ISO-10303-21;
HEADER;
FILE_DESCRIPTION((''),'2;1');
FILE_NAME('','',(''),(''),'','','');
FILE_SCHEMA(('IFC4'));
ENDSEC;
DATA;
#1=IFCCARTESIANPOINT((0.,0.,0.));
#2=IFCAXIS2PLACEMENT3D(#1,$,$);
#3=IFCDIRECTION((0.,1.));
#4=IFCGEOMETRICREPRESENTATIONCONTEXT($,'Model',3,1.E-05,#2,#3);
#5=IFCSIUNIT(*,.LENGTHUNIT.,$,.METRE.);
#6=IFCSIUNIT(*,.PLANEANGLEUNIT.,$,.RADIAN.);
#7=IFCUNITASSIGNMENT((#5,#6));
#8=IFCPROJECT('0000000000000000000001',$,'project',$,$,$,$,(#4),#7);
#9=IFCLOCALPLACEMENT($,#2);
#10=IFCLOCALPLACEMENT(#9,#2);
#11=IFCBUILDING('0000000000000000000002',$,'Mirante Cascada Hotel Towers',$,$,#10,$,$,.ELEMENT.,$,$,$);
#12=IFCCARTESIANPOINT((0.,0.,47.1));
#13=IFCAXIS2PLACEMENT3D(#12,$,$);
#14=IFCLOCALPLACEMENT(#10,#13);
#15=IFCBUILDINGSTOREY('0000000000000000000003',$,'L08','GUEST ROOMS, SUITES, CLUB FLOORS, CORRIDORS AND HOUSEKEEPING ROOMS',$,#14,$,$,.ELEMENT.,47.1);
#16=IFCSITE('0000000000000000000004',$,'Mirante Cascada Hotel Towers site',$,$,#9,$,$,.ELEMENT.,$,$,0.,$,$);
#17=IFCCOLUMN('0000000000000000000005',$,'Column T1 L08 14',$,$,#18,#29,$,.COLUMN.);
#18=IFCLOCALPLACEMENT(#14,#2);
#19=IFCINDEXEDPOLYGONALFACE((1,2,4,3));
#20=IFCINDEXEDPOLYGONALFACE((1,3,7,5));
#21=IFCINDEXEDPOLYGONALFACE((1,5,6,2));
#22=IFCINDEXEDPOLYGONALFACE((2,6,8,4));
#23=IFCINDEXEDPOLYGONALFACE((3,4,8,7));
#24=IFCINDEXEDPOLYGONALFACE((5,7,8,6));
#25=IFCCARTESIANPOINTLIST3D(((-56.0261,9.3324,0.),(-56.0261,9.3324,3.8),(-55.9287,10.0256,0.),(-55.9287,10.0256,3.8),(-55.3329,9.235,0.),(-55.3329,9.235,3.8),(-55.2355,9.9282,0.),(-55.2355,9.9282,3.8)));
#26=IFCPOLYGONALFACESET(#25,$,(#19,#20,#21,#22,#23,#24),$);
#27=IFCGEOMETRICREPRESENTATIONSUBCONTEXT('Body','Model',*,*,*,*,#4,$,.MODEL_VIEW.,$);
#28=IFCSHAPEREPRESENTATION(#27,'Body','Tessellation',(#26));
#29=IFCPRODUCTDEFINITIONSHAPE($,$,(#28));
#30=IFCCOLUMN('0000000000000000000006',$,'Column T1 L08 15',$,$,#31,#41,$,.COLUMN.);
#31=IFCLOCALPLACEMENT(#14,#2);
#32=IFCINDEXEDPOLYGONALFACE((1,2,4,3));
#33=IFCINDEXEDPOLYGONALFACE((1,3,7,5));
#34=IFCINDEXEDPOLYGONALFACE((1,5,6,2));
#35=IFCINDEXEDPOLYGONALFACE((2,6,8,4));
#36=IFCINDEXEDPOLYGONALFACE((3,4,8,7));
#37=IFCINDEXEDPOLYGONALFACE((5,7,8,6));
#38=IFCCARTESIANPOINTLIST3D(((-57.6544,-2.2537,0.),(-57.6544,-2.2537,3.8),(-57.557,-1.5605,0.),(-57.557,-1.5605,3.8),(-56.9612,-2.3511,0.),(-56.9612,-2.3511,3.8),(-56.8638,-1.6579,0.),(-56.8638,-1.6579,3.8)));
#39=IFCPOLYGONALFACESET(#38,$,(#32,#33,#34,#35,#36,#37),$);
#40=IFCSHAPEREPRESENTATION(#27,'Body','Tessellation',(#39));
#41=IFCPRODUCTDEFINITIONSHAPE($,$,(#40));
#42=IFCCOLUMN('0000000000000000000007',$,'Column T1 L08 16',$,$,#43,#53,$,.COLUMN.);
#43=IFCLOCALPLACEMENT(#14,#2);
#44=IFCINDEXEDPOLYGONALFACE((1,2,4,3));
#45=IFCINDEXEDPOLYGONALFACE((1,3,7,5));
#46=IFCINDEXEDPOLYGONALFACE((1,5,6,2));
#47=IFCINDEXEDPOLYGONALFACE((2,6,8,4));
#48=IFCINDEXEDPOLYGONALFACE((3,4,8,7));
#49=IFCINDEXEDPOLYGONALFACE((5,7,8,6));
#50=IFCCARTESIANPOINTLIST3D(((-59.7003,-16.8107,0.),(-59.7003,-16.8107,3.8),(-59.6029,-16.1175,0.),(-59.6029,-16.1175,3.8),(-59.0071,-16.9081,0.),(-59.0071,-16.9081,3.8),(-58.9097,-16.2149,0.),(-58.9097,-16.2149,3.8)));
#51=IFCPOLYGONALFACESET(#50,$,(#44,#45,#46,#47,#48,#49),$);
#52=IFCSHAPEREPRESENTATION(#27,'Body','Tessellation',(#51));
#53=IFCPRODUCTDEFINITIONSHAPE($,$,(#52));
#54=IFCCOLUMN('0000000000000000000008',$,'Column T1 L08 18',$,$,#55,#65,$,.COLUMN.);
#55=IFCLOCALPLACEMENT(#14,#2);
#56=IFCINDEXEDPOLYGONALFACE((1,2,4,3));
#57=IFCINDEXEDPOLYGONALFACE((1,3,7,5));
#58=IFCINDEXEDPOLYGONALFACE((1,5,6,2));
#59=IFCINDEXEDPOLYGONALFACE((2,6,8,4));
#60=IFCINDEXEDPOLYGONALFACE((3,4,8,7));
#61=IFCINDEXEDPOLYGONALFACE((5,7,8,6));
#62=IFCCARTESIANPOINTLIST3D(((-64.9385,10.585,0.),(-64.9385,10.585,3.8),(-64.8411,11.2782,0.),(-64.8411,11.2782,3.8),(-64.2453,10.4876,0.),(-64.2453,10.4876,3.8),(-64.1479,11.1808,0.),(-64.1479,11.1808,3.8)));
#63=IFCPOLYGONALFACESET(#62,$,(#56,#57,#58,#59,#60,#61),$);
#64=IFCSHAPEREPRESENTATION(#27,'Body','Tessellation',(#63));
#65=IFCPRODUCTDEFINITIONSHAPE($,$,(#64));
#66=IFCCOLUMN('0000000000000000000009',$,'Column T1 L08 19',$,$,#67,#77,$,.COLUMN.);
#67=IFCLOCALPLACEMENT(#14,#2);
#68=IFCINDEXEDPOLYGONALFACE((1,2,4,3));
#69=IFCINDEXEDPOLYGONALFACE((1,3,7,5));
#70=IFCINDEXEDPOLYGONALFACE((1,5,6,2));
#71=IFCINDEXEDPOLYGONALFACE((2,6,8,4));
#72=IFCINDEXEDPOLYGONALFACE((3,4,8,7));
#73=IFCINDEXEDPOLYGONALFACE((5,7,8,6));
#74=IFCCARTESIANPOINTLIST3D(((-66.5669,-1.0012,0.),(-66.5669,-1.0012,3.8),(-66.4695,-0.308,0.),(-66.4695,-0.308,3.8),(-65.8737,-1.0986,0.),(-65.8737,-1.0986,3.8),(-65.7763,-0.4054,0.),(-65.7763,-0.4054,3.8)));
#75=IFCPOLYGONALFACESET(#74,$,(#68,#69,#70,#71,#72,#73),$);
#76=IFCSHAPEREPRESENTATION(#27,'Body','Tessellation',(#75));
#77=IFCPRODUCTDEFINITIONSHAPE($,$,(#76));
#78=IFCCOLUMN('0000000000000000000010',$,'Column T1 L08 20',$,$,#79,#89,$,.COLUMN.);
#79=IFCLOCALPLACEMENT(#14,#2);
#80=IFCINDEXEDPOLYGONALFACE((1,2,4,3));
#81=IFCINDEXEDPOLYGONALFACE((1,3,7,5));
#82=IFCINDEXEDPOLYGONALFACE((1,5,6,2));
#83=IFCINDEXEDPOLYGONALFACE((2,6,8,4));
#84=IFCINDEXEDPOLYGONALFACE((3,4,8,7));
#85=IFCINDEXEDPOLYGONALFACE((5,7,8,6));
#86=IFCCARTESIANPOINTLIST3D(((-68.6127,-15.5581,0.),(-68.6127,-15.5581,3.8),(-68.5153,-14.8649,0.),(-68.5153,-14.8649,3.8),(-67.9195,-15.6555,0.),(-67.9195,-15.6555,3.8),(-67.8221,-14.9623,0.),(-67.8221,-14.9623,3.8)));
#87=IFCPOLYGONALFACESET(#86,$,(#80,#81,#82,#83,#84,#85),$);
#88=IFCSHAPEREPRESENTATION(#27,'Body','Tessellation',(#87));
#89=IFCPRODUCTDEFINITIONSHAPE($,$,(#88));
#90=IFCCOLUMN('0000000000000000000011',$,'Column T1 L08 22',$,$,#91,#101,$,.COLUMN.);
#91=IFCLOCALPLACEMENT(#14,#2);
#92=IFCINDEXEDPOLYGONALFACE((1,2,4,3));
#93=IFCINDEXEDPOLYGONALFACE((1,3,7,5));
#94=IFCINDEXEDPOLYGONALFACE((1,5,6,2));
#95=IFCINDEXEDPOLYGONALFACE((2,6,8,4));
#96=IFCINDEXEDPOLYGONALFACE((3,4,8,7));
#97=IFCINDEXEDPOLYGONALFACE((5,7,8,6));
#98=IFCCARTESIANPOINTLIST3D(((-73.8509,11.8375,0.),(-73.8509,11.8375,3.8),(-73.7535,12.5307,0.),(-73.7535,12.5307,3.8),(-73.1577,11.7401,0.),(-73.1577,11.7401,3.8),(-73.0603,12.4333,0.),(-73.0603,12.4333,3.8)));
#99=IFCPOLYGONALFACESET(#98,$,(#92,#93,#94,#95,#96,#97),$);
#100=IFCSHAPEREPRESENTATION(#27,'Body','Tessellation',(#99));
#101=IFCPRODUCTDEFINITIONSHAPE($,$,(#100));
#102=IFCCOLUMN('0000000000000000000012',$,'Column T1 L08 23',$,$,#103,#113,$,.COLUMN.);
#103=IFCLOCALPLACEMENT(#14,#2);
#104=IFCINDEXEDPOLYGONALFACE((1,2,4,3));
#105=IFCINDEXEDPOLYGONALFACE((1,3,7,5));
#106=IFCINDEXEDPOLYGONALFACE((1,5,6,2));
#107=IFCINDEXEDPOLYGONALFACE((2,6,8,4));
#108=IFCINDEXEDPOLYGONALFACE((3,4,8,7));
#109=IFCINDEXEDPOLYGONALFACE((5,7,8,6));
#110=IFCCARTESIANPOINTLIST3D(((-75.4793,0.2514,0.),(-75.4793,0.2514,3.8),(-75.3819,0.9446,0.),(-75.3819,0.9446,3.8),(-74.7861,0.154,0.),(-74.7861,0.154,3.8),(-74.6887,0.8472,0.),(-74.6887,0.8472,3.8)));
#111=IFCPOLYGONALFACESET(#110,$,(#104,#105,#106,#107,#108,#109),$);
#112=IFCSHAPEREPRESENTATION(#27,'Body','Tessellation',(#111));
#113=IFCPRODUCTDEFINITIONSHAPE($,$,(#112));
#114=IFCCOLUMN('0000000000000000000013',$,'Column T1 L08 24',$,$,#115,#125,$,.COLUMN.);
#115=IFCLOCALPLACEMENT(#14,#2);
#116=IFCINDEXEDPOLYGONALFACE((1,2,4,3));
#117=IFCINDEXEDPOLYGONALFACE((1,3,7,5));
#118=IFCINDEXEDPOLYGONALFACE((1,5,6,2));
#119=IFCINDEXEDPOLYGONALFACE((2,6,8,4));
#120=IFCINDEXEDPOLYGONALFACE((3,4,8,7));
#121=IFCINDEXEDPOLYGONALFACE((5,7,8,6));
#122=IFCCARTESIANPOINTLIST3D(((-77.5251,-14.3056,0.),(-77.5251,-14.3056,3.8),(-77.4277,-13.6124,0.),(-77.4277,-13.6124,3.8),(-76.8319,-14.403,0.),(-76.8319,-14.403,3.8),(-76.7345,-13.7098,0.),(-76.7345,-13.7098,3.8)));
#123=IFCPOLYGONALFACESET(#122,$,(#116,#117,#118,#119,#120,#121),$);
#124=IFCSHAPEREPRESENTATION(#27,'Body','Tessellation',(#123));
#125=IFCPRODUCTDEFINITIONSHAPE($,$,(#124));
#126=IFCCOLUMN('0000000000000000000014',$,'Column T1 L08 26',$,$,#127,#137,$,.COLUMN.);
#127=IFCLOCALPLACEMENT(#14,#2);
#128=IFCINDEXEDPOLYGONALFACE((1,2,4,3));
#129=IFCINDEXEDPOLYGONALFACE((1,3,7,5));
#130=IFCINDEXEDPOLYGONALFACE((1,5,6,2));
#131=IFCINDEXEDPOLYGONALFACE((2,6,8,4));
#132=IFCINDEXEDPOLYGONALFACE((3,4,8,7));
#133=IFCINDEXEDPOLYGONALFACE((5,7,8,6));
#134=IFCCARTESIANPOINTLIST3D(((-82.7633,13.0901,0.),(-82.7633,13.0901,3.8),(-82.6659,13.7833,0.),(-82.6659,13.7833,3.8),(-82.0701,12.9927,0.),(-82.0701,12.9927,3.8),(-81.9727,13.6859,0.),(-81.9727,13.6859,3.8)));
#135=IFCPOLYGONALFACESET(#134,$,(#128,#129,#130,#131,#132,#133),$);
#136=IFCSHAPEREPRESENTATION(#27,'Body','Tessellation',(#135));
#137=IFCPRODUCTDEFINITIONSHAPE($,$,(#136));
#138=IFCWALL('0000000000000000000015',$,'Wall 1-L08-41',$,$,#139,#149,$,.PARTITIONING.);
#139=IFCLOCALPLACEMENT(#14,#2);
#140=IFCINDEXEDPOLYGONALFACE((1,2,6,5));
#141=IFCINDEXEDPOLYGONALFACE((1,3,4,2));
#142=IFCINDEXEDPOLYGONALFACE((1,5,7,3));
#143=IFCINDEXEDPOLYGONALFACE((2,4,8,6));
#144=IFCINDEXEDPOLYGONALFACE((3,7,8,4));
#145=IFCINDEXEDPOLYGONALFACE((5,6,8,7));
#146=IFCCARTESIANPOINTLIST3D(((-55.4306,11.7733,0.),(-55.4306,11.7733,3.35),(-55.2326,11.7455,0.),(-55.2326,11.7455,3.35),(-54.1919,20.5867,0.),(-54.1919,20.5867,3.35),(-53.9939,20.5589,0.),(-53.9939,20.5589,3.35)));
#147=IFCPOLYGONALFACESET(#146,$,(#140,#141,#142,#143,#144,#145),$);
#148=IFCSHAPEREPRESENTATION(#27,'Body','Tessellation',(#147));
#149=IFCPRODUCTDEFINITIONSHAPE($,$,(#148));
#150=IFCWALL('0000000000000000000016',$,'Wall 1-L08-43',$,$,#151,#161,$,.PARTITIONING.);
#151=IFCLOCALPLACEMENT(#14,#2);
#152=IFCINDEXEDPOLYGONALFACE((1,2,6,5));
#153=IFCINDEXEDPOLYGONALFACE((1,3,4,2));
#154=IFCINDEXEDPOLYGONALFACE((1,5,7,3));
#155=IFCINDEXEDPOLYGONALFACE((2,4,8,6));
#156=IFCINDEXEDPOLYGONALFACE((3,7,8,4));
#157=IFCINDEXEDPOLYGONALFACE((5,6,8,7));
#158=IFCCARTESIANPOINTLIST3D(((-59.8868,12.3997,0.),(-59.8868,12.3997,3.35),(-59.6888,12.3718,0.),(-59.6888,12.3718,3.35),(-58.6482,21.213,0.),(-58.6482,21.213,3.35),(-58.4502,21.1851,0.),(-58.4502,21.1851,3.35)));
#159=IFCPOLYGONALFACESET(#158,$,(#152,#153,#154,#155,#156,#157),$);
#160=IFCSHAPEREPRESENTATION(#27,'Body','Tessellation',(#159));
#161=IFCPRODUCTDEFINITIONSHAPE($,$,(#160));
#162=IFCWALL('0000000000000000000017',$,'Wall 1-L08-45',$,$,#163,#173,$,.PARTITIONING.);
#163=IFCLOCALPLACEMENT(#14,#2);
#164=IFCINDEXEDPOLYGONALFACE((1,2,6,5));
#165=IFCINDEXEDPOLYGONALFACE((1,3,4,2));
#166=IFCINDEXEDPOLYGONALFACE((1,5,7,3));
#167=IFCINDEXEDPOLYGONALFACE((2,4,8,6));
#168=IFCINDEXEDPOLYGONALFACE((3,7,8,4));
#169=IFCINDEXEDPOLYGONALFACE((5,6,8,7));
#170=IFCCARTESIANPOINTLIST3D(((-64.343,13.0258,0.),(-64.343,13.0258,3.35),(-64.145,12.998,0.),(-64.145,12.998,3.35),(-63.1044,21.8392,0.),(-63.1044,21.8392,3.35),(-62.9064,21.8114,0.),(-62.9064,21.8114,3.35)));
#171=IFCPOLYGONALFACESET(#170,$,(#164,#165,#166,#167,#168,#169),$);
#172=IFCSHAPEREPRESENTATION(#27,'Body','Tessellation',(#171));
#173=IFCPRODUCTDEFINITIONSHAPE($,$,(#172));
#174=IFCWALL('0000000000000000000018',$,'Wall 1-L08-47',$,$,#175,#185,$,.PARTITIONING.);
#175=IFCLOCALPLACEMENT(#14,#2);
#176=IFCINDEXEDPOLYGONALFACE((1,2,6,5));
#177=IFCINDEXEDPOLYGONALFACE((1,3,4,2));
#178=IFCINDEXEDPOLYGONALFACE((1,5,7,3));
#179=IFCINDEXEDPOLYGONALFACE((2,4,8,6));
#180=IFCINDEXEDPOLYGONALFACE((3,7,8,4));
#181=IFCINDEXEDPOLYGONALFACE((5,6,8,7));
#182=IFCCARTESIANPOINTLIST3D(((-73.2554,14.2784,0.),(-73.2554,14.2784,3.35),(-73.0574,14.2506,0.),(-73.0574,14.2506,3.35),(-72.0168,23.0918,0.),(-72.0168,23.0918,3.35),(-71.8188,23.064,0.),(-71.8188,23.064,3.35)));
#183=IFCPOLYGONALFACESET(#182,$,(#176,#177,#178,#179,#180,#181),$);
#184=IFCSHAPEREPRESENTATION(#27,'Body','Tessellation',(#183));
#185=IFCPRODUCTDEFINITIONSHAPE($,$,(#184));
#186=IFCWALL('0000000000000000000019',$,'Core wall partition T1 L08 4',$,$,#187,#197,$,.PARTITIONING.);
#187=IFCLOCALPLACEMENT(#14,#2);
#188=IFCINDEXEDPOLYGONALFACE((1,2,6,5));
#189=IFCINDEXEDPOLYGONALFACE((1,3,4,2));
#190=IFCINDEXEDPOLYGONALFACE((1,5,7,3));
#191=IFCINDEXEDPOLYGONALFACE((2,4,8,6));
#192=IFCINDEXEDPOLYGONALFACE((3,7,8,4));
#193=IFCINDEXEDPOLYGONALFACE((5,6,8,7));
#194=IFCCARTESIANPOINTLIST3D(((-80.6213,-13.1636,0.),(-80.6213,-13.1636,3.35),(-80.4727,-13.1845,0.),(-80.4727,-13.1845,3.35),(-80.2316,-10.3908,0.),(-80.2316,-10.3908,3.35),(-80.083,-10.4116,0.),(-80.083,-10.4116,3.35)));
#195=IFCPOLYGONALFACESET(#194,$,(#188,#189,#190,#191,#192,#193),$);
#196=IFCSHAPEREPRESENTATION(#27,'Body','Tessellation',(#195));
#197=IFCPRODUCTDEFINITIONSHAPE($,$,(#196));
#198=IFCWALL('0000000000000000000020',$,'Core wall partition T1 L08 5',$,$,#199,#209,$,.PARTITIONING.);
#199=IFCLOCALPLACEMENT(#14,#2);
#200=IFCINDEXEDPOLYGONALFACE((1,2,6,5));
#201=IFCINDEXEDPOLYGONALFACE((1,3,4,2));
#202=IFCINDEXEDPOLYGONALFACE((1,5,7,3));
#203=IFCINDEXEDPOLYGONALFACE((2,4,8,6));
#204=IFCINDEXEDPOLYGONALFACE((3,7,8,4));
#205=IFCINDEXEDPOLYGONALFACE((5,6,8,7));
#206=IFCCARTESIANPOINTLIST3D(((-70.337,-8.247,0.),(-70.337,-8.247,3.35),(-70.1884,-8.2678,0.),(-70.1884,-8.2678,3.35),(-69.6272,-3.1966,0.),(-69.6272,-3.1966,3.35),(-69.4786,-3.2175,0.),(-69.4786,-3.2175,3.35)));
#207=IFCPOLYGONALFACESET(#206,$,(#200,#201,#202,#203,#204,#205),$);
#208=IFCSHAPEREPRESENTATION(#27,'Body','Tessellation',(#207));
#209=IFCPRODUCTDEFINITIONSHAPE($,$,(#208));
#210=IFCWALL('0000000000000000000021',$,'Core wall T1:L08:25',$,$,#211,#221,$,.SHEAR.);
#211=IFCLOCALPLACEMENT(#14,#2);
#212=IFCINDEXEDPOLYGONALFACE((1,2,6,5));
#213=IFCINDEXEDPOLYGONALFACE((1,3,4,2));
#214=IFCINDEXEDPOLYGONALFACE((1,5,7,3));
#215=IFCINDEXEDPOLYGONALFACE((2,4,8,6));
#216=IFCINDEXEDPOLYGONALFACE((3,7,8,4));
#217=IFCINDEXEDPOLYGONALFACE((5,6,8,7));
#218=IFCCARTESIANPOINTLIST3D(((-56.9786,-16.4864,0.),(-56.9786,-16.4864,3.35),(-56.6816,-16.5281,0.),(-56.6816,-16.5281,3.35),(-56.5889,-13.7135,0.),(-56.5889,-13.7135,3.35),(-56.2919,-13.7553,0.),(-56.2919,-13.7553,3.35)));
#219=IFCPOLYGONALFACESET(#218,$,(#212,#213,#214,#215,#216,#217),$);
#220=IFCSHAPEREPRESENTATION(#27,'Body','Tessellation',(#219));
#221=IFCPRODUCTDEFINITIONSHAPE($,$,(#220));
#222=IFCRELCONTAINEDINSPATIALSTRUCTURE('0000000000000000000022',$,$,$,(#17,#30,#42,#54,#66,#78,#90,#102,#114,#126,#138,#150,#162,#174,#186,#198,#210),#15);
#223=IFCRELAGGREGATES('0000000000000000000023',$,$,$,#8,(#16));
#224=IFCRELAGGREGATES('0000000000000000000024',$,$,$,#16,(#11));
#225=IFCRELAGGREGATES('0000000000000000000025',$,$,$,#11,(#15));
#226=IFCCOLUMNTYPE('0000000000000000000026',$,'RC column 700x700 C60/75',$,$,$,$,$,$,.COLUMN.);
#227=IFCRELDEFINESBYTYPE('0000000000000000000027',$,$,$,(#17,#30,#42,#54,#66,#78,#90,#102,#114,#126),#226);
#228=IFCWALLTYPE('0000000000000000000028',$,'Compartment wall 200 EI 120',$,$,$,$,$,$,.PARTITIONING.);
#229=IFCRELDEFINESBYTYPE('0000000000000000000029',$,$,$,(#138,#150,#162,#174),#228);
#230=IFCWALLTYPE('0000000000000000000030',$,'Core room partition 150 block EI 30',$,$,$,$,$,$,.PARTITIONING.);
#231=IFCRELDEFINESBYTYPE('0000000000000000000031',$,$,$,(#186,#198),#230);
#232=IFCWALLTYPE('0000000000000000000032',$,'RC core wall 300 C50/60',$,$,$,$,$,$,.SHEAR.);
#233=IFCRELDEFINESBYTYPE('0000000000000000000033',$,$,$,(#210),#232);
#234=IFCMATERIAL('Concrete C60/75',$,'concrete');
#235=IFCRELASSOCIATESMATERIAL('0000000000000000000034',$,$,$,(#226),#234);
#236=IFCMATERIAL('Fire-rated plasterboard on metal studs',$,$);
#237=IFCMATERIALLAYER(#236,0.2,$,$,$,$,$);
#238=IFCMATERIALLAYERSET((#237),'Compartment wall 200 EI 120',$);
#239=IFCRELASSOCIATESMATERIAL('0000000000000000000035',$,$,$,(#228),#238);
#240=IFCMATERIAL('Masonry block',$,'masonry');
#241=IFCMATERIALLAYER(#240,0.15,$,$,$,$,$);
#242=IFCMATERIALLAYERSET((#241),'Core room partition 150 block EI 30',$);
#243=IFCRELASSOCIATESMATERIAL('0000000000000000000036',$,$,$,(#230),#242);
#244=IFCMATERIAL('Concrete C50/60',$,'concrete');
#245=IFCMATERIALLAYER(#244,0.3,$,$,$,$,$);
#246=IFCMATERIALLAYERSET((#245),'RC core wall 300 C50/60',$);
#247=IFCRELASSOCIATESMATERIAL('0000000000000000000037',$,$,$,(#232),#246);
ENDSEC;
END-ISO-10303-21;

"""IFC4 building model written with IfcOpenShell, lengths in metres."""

from ifc_helpers import new_model, si_unit, direction, frame, frame_2d, origin, origin_2d, place, context, subcontext, project, spatial, rectangle, extrude, material, layer, layer_set, material_profile, profile_set, type_object, element, save


model = new_model("IFC4")

# Units and contexts
model_context = context("Model", 3, precision=1e-05, world=origin(), true_north=direction((0.0, 1.0)))
body_context = subcontext(model_context, "Body", "Model", "MODEL_VIEW")
ifc_project = project(units=[si_unit("LENGTHUNIT", "METRE"), si_unit("PLANEANGLEUNIT", "RADIAN")], contexts=[model_context])

# Site, building, storey
site_placement = place(None, origin())
site = spatial("IfcSite", under=ifc_project, at=site_placement, Name="Mirante Cascada Hotel Towers site", CompositionType="ELEMENT", RefElevation=0.0)
building_placement = place(site_placement, origin())
building = spatial("IfcBuilding", under=site, at=building_placement, Name="Mirante Cascada Hotel Towers", CompositionType="ELEMENT")
storey_placement = place(building_placement, frame((0.0, 0.0, 47.1)))
storey = spatial("IfcBuildingStorey", under=building, at=storey_placement, Name="L08", Description="GUEST ROOMS, SUITES, CLUB FLOORS, CORRIDORS AND HOUSEKEEPING ROOMS", CompositionType="ELEMENT", Elevation=47.1)

# Columns
ifc_material_1 = material(Name="Concrete C60/75", Category="concrete")
ifc_material_profile = material_profile(ifc_material_1, rectangle(XDim=0.7, YDim=0.7, at=origin_2d()), Name="RC column 700x700 C60/75")
ifc_profile_set = profile_set([ifc_material_profile], Name="Concrete C60/75")
column_type = type_object("IfcColumnType", Name="RC column 700x700 C60/75", PredefinedType="COLUMN", material=ifc_profile_set)
for number, where, z_axis, x_axis, name in (
    (1, (-55.6308, 9.6303, 0.0), (0.0, 0.0, 1.0), (-0.990268, 0.139173, 0.0), "Column T1 L08 14"),
    (2, (-57.2591, -1.9558, 0.0), (0.0, 0.0, 1.0), (-0.990268, 0.139173, 0.0), "Column T1 L08 15"),
    (3, (-59.305, -16.5128, 0.0), (0.0, 0.0, 1.0), (-0.990268, 0.139173, 0.0), "Column T1 L08 16"),
    (4, (-64.5432, 10.8829, 0.0), (0.0, 0.0, 1.0), (-0.990268, 0.139173, 0.0), "Column T1 L08 18"),
    (5, (-66.1716, -0.7033, 0.0), (0.0, 0.0, 1.0), (-0.990268, 0.139173, 0.0), "Column T1 L08 19"),
    (6, (-68.2174, -15.2602, 0.0), (0.0, 0.0, 1.0), (-0.990268, 0.139173, 0.0), "Column T1 L08 20"),
    (7, (-73.4556, 12.1354, 0.0), (0.0, 0.0, 1.0), (-0.990268, 0.139173, 0.0), "Column T1 L08 22"),
    (8, (-75.084, 0.5493, 0.0), (0.0, 0.0, 1.0), (-0.990268, 0.139173, 0.0), "Column T1 L08 23"),
    (9, (-77.1298, -14.0077, 0.0), (0.0, 0.0, 1.0), (-0.990268, 0.139173, 0.0), "Column T1 L08 24"),
    (10, (-82.368, 13.388, 0.0), (0.0, 0.0, 1.0), (-0.990268, 0.139173, 0.0), "Column T1 L08 26"),
):
    element("IfcColumn", number, at=place(storey_placement, frame(where, z_axis=z_axis, x_axis=x_axis)), inside=storey, type_object=column_type, Name=name, PredefinedType="COLUMN", context=body_context, shape_type="SweptSolid", body=[
        extrude(rectangle(XDim=0.7, YDim=0.7, at=origin_2d()), origin(), (0.0, 0.0, 1.0), 3.8),
    ])

# Walls
ifc_material_2 = material(Name="Fire-rated plasterboard on metal studs")
ifc_layer_1 = layer(ifc_material_2, 0.2)
ifc_layer_set_1 = layer_set([ifc_layer_1], Name="Compartment wall 200 EI 120")
wall_type_1 = type_object("IfcWallType", Name="Compartment wall 200 EI 120", PredefinedType="PARTITIONING", material=ifc_layer_set_1)
wall_1_placement = place(storey_placement, frame((-55.3316, 11.7594, 0.0), z_axis=(0.0, 0.0, 1.0), x_axis=(0.139179, 0.990267, 0.0)))
element("IfcWall", 11, at=wall_1_placement, inside=storey, type_object=wall_type_1, Name="Wall 1-L08-41", PredefinedType="PARTITIONING", context=body_context, shape_type="SweptSolid", body=[
    extrude(rectangle(XDim=8.9, YDim=0.2, at=frame_2d((4.45, 0.0))), origin(), (0.0, 0.0, 1.0), 3.35),
])
wall_2_placement = place(storey_placement, frame((-59.7878, 12.3857, 0.0), z_axis=(0.0, 0.0, 1.0), x_axis=(0.13917, 0.990268, 0.0)))
element("IfcWall", 12, at=wall_2_placement, inside=storey, type_object=wall_type_1, Name="Wall 1-L08-43", PredefinedType="PARTITIONING", context=body_context, shape_type="SweptSolid", body=[
    extrude(rectangle(XDim=8.8999, YDim=0.2, at=frame_2d((4.45, 0.0))), origin(), (0.0, 0.0, 1.0), 3.35),
])
for number, where, z_axis, x_axis, name in (
    (13, (-64.244, 13.0119, 0.0), (0.0, 0.0, 1.0), (0.139168, 0.990269, 0.0), "Wall 1-L08-45"),
    (14, (-73.1564, 14.2645, 0.0), (0.0, 0.0, 1.0), (0.139168, 0.990269, 0.0), "Wall 1-L08-47"),
):
    element("IfcWall", number, at=place(storey_placement, frame(where, z_axis=z_axis, x_axis=x_axis)), inside=storey, type_object=wall_type_1, Name=name, PredefinedType="PARTITIONING", context=body_context, shape_type="SweptSolid", body=[
        extrude(rectangle(XDim=8.9, YDim=0.2, at=frame_2d((4.45, 0.0))), origin(), (0.0, 0.0, 1.0), 3.35),
    ])
ifc_material_3 = material(Name="Masonry block", Category="masonry")
ifc_layer_2 = layer(ifc_material_3, 0.15)
ifc_layer_set_2 = layer_set([ifc_layer_2], Name="Core room partition 150 block EI 30")
wall_type_2 = type_object("IfcWallType", Name="Core room partition 150 block EI 30", PredefinedType="PARTITIONING", material=ifc_layer_set_2)
wall_3_placement = place(storey_placement, frame((-80.547, -13.174, 0.0), z_axis=(0.0, 0.0, 1.0), x_axis=(0.139176, 0.990268, 0.0)))
element("IfcWall", 15, at=wall_3_placement, inside=storey, type_object=wall_type_2, Name="Core wall partition T1 L08 4", PredefinedType="PARTITIONING", context=body_context, shape_type="SweptSolid", body=[
    extrude(rectangle(XDim=2.8001, YDim=0.15, at=frame_2d((1.4, 0.0))), origin(), (0.0, 0.0, 1.0), 3.35),
])
wall_4_placement = place(storey_placement, frame((-70.2627, -8.2574, 0.0), z_axis=(0.0, 0.0, 1.0), x_axis=(0.139176, 0.990268, 0.0)))
element("IfcWall", 16, at=wall_4_placement, inside=storey, type_object=wall_type_2, Name="Core wall partition T1 L08 5", PredefinedType="PARTITIONING", context=body_context, shape_type="SweptSolid", body=[
    extrude(rectangle(XDim=5.1, YDim=0.15, at=frame_2d((2.55, 0.0))), origin(), (0.0, 0.0, 1.0), 3.35),
])
ifc_material_4 = material(Name="Concrete C50/60", Category="concrete")
ifc_layer_3 = layer(ifc_material_4, 0.3)
ifc_layer_set_3 = layer_set([ifc_layer_3], Name="RC core wall 300 C50/60")
wall_type_3 = type_object("IfcWallType", Name="RC core wall 300 C50/60", PredefinedType="SHEAR", material=ifc_layer_set_3)
for number, where, z_axis, x_axis, name in (
    (17, (-56.8301, -16.5072, 0.0), (0.0, 0.0, 1.0), (0.139176, 0.990268, 0.0), "Core wall T1:L08:25"),
):
    element("IfcWall", number, at=place(storey_placement, frame(where, z_axis=z_axis, x_axis=x_axis)), inside=storey, type_object=wall_type_3, Name=name, PredefinedType="SHEAR", context=body_context, shape_type="SweptSolid", body=[
        extrude(rectangle(XDim=2.8001, YDim=0.3, at=frame_2d((1.4, 0.0))), origin(), (0.0, 0.0, 1.0), 3.35),
    ])

save(model, "model.ifc")
